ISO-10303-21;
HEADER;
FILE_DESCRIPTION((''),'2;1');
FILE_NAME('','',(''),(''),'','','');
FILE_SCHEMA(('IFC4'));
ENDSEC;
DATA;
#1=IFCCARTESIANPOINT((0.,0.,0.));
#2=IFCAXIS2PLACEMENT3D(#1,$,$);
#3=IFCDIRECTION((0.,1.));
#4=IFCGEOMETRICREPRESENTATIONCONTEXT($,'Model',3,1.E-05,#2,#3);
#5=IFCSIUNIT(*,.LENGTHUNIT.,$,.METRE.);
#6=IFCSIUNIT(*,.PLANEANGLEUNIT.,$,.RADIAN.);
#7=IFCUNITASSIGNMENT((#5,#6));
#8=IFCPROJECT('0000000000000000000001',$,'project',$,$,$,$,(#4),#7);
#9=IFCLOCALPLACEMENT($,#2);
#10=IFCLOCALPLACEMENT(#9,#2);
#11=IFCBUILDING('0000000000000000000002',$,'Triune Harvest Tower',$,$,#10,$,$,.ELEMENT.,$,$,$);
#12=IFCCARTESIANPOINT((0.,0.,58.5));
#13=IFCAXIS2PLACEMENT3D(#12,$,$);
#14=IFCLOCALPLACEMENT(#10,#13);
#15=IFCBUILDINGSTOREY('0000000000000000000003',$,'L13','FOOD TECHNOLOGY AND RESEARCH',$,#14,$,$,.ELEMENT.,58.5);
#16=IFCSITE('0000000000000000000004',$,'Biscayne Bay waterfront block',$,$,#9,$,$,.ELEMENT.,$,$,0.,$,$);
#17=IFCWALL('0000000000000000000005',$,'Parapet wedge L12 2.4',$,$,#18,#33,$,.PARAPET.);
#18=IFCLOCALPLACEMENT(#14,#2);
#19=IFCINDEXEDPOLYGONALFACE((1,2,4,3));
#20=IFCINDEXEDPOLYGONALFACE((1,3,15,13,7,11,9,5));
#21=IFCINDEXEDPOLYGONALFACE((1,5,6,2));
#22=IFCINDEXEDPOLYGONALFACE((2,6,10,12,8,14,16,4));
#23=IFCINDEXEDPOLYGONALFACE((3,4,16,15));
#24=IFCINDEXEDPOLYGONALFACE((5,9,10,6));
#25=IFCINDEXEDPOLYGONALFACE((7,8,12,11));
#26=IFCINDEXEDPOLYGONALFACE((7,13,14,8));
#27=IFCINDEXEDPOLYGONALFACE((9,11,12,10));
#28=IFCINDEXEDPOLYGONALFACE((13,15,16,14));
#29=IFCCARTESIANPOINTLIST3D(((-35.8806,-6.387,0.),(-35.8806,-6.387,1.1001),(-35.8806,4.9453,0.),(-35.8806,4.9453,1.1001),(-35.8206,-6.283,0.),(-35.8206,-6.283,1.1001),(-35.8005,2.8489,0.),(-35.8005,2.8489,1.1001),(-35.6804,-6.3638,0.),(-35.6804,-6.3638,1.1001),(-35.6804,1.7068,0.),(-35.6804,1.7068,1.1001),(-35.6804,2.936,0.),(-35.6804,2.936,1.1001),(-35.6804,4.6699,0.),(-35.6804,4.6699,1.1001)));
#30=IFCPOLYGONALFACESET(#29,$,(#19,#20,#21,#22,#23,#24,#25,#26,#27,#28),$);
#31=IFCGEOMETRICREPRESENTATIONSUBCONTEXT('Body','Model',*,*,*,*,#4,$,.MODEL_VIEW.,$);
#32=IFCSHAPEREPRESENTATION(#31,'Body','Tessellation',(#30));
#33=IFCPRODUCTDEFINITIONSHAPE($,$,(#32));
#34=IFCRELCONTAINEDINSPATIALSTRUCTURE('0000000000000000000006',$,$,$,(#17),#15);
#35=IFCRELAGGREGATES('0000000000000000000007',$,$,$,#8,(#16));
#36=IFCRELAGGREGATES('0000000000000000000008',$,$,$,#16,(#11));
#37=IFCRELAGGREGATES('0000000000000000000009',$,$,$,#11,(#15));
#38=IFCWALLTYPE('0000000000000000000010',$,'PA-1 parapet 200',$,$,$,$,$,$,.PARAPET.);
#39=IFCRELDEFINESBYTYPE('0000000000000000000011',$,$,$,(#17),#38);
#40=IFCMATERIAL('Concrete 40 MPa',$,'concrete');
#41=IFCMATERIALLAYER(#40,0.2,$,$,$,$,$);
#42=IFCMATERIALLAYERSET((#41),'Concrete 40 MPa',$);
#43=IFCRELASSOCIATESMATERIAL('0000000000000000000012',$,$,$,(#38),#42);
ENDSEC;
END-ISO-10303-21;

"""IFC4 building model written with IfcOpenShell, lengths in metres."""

from ifc_helpers import new_model, si_unit, direction, frame, origin, place, context, subcontext, project, spatial, polyline, outline, extrude, material, layer, layer_set, type_object, element, save


model = new_model("IFC4")

# Units and contexts
model_context = context("Model", 3, precision=1e-05, world=origin(), true_north=direction((0.0, 1.0)))
body_context = subcontext(model_context, "Body", "Model", "MODEL_VIEW")
ifc_project = project(units=[si_unit("LENGTHUNIT", "METRE"), si_unit("PLANEANGLEUNIT", "RADIAN")], contexts=[model_context])

# Site, building, storey
site_placement = place(None, origin())
site = spatial("IfcSite", under=ifc_project, at=site_placement, Name="Biscayne Bay waterfront block", CompositionType="ELEMENT", RefElevation=0.0)
building_placement = place(site_placement, origin())
building = spatial("IfcBuilding", under=site, at=building_placement, Name="Triune Harvest Tower", CompositionType="ELEMENT")
storey_placement = place(building_placement, frame((0.0, 0.0, 58.5)))
storey = spatial("IfcBuildingStorey", under=building, at=storey_placement, Name="L13", Description="FOOD TECHNOLOGY AND RESEARCH", CompositionType="ELEMENT", Elevation=58.5)

# Wall
ifc_material_1 = material(Name="Concrete 40 MPa", Category="concrete")
ifc_layer_1 = layer(ifc_material_1, 0.2)
ifc_layer_set_1 = layer_set([ifc_layer_1], Name="Concrete 40 MPa")
wall_type = type_object("IfcWallType", Name="PA-1 parapet 200", PredefinedType="PARAPET", material=ifc_layer_set_1)
wall_1_placement = place(storey_placement, origin())
element("IfcWall", 1, at=wall_1_placement, inside=storey, type_object=wall_type, Name="Parapet wedge L12 2.4", PredefinedType="PARAPET", context=body_context, shape_type="SweptSolid", body=[
    extrude(outline(polyline([(-35.6804, 2.936), (-35.8005, 2.8489), (-35.6804, 1.7068), (-35.6804, -6.3638), (-35.8206, -6.283), (-35.8806, -6.387), (-35.8806, 4.9453), (-35.6804, 4.6699), (-35.6804, 2.936)])), origin(), (0.0, 0.0, 1.0), 1.1001),
])

save(model, "model.ifc")
